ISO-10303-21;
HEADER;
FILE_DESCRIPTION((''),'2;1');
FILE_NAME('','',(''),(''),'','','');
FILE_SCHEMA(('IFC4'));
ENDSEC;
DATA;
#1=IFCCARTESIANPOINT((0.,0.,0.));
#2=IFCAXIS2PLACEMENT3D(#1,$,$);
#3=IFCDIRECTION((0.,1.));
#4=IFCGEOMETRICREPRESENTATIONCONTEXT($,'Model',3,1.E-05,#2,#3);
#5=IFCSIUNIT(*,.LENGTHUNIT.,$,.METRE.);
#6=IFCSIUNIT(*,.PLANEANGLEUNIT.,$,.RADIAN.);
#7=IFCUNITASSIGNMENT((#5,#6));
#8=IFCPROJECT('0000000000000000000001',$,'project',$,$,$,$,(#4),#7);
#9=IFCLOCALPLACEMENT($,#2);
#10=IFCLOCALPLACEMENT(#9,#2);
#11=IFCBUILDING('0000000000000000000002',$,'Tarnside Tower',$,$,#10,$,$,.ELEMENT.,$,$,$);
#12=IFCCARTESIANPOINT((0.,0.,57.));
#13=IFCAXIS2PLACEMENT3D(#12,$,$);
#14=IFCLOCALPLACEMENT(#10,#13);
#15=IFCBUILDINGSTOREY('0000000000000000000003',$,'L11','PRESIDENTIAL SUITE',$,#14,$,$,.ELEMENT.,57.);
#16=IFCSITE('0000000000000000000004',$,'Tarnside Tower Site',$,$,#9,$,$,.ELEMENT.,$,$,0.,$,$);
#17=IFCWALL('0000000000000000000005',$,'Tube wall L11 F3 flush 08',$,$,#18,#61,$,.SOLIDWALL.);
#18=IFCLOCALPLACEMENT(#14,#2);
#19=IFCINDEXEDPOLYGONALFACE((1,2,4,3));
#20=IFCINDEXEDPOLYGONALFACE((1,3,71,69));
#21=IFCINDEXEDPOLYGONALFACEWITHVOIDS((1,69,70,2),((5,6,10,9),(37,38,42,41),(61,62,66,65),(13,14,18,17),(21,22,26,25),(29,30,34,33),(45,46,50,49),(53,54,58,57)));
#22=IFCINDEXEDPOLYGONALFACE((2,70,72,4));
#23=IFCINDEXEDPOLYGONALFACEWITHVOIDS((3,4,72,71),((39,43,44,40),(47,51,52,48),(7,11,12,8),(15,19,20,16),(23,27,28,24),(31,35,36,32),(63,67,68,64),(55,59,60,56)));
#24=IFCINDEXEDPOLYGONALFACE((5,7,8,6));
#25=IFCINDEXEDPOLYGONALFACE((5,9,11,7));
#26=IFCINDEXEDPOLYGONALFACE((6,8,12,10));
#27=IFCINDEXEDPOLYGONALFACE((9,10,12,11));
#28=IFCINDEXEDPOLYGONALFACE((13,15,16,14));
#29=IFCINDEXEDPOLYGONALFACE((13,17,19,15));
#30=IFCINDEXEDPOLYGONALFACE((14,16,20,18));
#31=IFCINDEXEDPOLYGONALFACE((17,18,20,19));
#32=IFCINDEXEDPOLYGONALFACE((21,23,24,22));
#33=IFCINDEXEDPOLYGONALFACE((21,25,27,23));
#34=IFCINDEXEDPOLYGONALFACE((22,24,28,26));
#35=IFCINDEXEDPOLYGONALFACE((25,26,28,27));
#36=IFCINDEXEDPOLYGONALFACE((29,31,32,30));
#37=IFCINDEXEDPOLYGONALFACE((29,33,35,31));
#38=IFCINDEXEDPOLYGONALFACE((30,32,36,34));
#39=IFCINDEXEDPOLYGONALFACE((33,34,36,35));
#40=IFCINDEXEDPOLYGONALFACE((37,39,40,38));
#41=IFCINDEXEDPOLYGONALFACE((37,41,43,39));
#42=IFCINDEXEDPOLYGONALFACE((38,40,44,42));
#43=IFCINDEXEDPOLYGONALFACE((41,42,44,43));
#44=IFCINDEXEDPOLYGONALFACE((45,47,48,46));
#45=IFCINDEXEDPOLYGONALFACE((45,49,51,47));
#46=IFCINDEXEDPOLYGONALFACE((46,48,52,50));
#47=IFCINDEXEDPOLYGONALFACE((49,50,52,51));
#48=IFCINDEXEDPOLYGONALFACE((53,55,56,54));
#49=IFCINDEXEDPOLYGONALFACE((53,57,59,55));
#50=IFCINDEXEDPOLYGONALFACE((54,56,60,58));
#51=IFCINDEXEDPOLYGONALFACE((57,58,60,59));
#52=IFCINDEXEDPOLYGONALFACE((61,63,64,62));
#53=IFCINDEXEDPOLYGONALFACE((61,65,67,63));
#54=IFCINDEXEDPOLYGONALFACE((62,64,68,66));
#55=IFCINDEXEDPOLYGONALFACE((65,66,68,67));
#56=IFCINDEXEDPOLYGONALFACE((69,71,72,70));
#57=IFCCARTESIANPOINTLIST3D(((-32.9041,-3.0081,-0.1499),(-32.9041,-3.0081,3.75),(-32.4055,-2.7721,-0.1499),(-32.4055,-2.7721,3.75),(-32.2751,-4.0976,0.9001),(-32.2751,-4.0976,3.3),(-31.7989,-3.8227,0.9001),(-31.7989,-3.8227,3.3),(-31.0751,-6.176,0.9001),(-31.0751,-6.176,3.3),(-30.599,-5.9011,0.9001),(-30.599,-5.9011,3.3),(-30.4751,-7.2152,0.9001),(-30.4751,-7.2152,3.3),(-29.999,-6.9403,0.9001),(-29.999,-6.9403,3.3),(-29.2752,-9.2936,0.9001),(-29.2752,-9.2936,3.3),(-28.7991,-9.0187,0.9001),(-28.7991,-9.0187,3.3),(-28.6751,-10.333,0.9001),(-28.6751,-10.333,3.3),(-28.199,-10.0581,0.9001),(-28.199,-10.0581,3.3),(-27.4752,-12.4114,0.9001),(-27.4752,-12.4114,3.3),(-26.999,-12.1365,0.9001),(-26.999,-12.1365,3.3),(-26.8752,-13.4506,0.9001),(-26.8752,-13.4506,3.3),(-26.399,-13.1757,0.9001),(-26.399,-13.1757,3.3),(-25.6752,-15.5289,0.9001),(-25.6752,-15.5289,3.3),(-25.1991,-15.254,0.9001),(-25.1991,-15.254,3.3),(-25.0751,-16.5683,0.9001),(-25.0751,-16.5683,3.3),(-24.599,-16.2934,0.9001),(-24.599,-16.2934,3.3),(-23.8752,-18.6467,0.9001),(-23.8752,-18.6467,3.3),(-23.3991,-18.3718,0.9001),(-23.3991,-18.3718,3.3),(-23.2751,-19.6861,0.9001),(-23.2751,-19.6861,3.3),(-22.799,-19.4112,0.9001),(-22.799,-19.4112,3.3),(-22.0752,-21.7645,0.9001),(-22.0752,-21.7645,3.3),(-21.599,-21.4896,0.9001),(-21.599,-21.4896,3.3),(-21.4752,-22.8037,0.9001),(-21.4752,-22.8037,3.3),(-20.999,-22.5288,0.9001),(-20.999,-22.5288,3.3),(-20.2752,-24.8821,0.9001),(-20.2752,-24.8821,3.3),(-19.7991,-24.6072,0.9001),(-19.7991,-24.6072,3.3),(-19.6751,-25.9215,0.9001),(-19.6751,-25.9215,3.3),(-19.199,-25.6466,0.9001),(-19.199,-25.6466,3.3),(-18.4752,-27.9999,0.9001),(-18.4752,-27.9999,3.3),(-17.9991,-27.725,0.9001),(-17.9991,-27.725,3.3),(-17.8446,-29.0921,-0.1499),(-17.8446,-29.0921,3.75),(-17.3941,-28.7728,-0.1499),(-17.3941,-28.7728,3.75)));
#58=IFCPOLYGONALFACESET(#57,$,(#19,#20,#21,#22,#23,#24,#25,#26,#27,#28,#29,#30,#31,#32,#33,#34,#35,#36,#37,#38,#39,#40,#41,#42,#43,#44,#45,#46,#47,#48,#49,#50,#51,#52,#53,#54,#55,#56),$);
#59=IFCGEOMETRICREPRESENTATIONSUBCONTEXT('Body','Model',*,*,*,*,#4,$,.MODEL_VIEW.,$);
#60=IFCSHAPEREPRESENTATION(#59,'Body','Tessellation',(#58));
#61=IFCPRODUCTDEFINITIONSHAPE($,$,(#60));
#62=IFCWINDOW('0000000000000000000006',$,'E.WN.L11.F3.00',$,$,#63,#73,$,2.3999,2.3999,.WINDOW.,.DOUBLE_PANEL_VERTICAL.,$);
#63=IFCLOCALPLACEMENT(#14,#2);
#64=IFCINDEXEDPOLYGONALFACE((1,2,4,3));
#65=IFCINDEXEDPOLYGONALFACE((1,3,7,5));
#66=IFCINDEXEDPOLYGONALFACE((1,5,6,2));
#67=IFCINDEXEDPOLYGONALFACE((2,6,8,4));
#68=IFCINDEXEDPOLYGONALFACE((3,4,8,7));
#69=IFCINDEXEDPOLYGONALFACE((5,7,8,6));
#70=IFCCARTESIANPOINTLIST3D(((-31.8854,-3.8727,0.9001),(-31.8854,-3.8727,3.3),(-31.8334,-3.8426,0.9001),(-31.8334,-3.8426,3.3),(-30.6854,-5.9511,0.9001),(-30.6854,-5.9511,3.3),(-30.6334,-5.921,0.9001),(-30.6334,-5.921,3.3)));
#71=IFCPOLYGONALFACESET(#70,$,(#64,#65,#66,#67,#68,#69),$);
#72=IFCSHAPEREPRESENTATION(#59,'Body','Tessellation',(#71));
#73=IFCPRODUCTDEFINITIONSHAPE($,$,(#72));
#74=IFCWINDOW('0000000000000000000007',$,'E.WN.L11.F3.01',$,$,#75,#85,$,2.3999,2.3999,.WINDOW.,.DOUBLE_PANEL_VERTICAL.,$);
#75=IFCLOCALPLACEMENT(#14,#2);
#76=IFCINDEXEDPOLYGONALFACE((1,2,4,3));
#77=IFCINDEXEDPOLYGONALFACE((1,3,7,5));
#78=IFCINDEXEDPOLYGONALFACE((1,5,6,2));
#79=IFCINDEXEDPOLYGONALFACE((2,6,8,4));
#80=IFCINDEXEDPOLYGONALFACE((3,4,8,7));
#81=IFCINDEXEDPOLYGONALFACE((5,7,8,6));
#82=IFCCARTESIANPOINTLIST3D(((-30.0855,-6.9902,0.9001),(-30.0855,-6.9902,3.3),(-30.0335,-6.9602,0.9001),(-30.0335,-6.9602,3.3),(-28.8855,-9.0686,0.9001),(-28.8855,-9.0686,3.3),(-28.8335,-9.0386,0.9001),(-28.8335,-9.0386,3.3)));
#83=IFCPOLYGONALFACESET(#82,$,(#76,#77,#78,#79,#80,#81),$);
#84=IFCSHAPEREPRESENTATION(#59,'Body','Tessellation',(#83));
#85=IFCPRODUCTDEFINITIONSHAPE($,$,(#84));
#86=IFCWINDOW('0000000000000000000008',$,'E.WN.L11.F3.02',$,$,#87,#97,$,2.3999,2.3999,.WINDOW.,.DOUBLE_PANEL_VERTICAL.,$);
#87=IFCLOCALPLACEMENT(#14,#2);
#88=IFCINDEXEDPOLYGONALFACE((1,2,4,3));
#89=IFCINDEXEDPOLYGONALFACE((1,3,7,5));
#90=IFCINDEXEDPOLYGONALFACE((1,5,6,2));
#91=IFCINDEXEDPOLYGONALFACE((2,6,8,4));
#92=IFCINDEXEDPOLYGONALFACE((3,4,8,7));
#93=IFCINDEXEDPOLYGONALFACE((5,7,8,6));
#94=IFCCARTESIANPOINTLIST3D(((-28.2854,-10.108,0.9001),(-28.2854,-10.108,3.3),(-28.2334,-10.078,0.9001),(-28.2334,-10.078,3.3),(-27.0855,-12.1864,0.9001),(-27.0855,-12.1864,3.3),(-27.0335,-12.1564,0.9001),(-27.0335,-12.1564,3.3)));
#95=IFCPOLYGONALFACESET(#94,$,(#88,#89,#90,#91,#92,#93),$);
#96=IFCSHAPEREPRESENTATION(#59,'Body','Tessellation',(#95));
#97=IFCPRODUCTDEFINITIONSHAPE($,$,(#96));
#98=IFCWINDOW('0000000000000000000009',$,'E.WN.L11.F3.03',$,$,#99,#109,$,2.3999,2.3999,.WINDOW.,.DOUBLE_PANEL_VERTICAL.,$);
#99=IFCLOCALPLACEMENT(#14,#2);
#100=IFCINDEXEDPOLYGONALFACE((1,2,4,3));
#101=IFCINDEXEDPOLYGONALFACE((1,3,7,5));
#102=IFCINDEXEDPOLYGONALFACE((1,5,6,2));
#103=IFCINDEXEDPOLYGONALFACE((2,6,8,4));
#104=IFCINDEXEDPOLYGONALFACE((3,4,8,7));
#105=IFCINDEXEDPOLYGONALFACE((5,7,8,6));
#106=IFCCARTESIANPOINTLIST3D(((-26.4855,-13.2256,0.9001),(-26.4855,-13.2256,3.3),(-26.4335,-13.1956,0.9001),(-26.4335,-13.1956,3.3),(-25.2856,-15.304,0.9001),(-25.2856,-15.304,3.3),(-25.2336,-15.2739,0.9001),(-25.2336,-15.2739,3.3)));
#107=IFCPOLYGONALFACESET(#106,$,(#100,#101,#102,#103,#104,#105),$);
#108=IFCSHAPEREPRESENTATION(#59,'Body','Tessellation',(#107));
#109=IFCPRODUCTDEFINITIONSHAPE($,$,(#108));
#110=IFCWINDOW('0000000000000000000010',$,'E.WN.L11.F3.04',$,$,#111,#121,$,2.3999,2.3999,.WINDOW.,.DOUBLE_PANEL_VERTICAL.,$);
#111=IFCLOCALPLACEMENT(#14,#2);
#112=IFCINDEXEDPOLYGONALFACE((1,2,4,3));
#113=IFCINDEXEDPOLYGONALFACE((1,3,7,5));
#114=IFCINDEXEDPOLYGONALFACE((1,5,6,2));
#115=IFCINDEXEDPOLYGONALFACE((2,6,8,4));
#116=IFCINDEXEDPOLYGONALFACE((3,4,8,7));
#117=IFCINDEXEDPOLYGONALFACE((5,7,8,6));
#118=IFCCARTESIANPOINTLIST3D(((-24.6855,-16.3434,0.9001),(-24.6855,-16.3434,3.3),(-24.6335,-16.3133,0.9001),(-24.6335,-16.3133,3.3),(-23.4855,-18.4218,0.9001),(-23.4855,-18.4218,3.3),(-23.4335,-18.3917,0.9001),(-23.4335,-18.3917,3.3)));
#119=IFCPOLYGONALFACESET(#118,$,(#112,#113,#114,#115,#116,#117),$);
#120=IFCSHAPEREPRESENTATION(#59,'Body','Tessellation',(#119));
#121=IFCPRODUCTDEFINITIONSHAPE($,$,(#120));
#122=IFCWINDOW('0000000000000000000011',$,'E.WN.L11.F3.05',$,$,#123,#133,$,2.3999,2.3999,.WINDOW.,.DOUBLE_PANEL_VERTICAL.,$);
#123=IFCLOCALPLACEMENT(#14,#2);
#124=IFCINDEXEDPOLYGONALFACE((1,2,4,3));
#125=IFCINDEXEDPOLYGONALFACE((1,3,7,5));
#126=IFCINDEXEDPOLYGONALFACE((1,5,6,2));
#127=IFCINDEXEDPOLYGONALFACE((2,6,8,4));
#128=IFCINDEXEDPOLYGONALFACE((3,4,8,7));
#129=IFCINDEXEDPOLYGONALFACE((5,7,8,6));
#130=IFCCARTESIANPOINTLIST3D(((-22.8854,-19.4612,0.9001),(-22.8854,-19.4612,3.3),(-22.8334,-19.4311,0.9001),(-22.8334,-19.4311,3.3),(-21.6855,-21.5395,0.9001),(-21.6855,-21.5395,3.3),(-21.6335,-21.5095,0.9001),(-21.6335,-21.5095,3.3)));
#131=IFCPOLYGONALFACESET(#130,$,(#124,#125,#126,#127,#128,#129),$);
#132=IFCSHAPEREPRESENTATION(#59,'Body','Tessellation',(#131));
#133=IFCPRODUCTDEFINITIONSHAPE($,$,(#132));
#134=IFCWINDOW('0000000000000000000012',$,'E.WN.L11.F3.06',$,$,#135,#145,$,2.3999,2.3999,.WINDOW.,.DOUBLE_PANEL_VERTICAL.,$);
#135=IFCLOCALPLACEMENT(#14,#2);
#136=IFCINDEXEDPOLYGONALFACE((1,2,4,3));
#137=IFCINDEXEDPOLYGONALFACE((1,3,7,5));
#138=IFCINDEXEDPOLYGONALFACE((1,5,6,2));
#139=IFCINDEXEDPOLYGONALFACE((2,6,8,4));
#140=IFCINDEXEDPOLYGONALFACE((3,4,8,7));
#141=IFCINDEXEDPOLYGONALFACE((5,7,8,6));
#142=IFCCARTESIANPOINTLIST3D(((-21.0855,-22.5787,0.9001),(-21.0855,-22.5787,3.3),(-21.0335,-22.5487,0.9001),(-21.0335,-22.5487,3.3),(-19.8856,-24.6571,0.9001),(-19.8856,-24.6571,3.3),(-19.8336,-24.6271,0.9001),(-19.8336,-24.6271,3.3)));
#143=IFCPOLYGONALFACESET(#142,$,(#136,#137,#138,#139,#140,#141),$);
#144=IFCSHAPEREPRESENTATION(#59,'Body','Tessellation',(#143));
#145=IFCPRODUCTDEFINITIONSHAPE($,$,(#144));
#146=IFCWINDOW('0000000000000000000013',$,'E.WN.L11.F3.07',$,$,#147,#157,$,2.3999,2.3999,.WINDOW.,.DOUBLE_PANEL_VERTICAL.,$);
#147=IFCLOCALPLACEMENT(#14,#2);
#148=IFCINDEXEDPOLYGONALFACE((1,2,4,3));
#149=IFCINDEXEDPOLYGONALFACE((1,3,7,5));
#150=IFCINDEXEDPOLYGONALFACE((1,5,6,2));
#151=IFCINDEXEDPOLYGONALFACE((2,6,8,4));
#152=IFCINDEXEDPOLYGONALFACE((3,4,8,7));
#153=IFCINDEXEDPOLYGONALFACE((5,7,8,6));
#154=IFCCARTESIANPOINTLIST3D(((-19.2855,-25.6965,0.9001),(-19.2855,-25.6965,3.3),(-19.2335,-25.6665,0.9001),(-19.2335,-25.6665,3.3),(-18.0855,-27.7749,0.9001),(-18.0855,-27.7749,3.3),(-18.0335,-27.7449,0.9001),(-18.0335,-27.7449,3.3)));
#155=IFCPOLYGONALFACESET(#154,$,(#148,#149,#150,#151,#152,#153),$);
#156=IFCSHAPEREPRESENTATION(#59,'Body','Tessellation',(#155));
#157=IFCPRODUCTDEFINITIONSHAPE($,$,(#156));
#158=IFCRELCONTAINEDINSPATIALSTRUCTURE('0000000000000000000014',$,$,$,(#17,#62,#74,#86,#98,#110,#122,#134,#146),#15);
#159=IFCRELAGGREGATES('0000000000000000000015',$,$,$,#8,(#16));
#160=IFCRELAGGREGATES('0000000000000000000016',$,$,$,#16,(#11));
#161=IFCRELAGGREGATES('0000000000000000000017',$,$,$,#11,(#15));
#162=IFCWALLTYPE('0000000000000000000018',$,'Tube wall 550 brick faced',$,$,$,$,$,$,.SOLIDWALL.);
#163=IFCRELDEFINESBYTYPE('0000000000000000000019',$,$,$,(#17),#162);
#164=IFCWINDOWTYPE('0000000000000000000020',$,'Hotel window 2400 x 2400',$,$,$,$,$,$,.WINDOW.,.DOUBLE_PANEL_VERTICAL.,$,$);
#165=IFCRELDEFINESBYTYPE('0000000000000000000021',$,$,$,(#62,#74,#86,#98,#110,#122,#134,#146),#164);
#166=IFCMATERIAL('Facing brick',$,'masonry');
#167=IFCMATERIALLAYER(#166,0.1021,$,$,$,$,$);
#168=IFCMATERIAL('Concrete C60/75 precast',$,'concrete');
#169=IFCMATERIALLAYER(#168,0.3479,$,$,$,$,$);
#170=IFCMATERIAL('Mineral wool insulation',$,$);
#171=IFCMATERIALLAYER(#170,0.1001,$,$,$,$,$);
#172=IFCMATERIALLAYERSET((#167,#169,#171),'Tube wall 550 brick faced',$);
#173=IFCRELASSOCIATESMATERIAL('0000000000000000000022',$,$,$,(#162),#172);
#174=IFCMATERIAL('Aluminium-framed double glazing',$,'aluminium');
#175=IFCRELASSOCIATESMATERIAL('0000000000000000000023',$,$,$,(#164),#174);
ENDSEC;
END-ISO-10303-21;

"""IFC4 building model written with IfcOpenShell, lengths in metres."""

from ifc_helpers import new_model, si_unit, direction, frame, frame_2d, origin, place, context, subcontext, project, spatial, polyline, rectangle, outline, extrude, material, layer, layer_set, type_object, element, fill, save


model = new_model("IFC4")

# Units and contexts
model_context = context("Model", 3, precision=1e-05, world=origin(), true_north=direction((0.0, 1.0)))
body_context = subcontext(model_context, "Body", "Model", "MODEL_VIEW")
ifc_project = project(units=[si_unit("LENGTHUNIT", "METRE"), si_unit("PLANEANGLEUNIT", "RADIAN")], contexts=[model_context])

# Site, building, storey
site_placement = place(None, origin())
site = spatial("IfcSite", under=ifc_project, at=site_placement, Name="Tarnside Tower Site", CompositionType="ELEMENT", RefElevation=0.0)
building_placement = place(site_placement, origin())
building = spatial("IfcBuilding", under=site, at=building_placement, Name="Tarnside Tower", CompositionType="ELEMENT")
storey_placement = place(building_placement, frame((0.0, 0.0, 57.0)))
storey = spatial("IfcBuildingStorey", under=building, at=storey_placement, Name="L11", Description="PRESIDENTIAL SUITE", CompositionType="ELEMENT", Elevation=57.0)

# Shared definitions
ifc_material_1 = material(Name="Facing brick", Category="masonry")
ifc_layer_1 = layer(ifc_material_1, 0.1021)
ifc_material_2 = material(Name="Concrete C60/75 precast", Category="concrete")
ifc_layer_2 = layer(ifc_material_2, 0.3479)
ifc_material_3 = material(Name="Mineral wool insulation")
ifc_layer_3 = layer(ifc_material_3, 0.1001)
ifc_layer_set_1 = layer_set([ifc_layer_1, ifc_layer_2, ifc_layer_3], Name="Tube wall 550 brick faced")
wall_type_1 = type_object("IfcWallType", Name="Tube wall 550 brick faced", PredefinedType="SOLIDWALL", material=ifc_layer_set_1)

# Wall, openings, windows
wall_1_placement = place(storey_placement, frame((-32.6548, -2.8901, -0.1499), z_axis=(0.0, 0.0, 1.0), x_axis=(0.499998, -0.866027, 0.0)))
wall_1 = element("IfcWall", 1, at=wall_1_placement, inside=storey, type_object=wall_type_1, Name="Tube wall L11 F3 flush 08", PredefinedType="SOLIDWALL", context=body_context, shape_type="SweptSolid", body=[
    extrude(outline(polyline([(-0.0225, -0.2749), (30.0967, -0.2749), (30.0454, 0.2749), (0.0225, 0.2749), (-0.0225, -0.2749)])), origin(), (0.0, 0.0, 1.0), 3.8999),
])
opening_1_placement = place(wall_1_placement, frame((1.2356, 0.0, 1.05)))
opening_1 = element("IfcOpeningElement", 2, at=opening_1_placement, cuts=wall_1, PredefinedType="OPENING", context=body_context, shape_type="SweptSolid", body=[
    extrude(rectangle(XDim=2.3999, YDim=2.3999, at=frame_2d((1.2, 1.2))), frame((0.0, 0.2852, 0.0), z_axis=(0.0, -1.0, 0.0), x_axis=(1.0, 0.0, 0.0)), (0.0, 0.0, 1.0), 0.5701),
])
opening_2_placement = place(wall_1_placement, frame((4.8354, 0.0, 1.05)))
opening_2 = element("IfcOpeningElement", 3, at=opening_2_placement, cuts=wall_1, PredefinedType="OPENING", context=body_context, shape_type="SweptSolid", body=[
    extrude(rectangle(XDim=2.3999, YDim=2.3999, at=frame_2d((1.2, 1.2))), frame((0.0, 0.2852, 0.0), z_axis=(0.0, -1.0, 0.0), x_axis=(1.0, 0.0, 0.0)), (0.0, 0.0, 1.0), 0.5701),
])
opening_3_placement = place(wall_1_placement, frame((8.4355, 0.0, 1.05)))
opening_3 = element("IfcOpeningElement", 4, at=opening_3_placement, cuts=wall_1, PredefinedType="OPENING", context=body_context, shape_type="SweptSolid", body=[
    extrude(rectangle(XDim=2.3999, YDim=2.3999, at=frame_2d((1.2, 1.2))), frame((0.0, 0.2852, 0.0), z_axis=(0.0, -1.0, 0.0), x_axis=(1.0, 0.0, 0.0)), (0.0, 0.0, 1.0), 0.5701),
])
opening_4_placement = place(wall_1_placement, frame((12.0354, 0.0, 1.05)))
opening_4 = element("IfcOpeningElement", 5, at=opening_4_placement, cuts=wall_1, PredefinedType="OPENING", context=body_context, shape_type="SweptSolid", body=[
    extrude(rectangle(XDim=2.3999, YDim=2.3999, at=frame_2d((1.2, 1.2))), frame((0.0, 0.2852, 0.0), z_axis=(0.0, -1.0, 0.0), x_axis=(1.0, 0.0, 0.0)), (0.0, 0.0, 1.0), 0.5701),
])
opening_5_placement = place(wall_1_placement, frame((15.6355, 0.0, 1.05)))
opening_5 = element("IfcOpeningElement", 6, at=opening_5_placement, cuts=wall_1, PredefinedType="OPENING", context=body_context, shape_type="SweptSolid", body=[
    extrude(rectangle(XDim=2.3999, YDim=2.3999, at=frame_2d((1.2, 1.2))), frame((0.0, 0.2852, 0.0), z_axis=(0.0, -1.0, 0.0), x_axis=(1.0, 0.0, 0.0)), (0.0, 0.0, 1.0), 0.5701),
])
opening_6_placement = place(wall_1_placement, frame((19.2356, 0.0, 1.05)))
opening_6 = element("IfcOpeningElement", 7, at=opening_6_placement, cuts=wall_1, PredefinedType="OPENING", context=body_context, shape_type="SweptSolid", body=[
    extrude(rectangle(XDim=2.3999, YDim=2.3999, at=frame_2d((1.2, 1.2))), frame((0.0, 0.2852, 0.0), z_axis=(0.0, -1.0, 0.0), x_axis=(1.0, 0.0, 0.0)), (0.0, 0.0, 1.0), 0.5701),
])
opening_7_placement = place(wall_1_placement, frame((22.8354, 0.0, 1.05)))
opening_7 = element("IfcOpeningElement", 8, at=opening_7_placement, cuts=wall_1, PredefinedType="OPENING", context=body_context, shape_type="SweptSolid", body=[
    extrude(rectangle(XDim=2.3999, YDim=2.3999, at=frame_2d((1.2, 1.2))), frame((0.0, 0.2852, 0.0), z_axis=(0.0, -1.0, 0.0), x_axis=(1.0, 0.0, 0.0)), (0.0, 0.0, 1.0), 0.5701),
])
opening_8_placement = place(wall_1_placement, frame((26.4355, 0.0, 1.05)))
opening_8 = element("IfcOpeningElement", 9, at=opening_8_placement, cuts=wall_1, PredefinedType="OPENING", context=body_context, shape_type="SweptSolid", body=[
    extrude(rectangle(XDim=2.3999, YDim=2.3999, at=frame_2d((1.2, 1.2))), frame((0.0, 0.2852, 0.0), z_axis=(0.0, -1.0, 0.0), x_axis=(1.0, 0.0, 0.0)), (0.0, 0.0, 1.0), 0.5701),
])
ifc_material_4 = material(Name="Aluminium-framed double glazing", Category="aluminium")
window_type = type_object("IfcWindowType", Name="Hotel window 2400 x 2400", PartitioningType="DOUBLE_PANEL_VERTICAL", PredefinedType="WINDOW", material=ifc_material_4)
window_1_placement = place(opening_1_placement, frame((0.0, 0.2051, 0.0)))
window_1 = element("IfcWindow", 10, at=window_1_placement, inside=storey, type_object=window_type, Name="E.WN.L11.F3.00", OverallHeight=2.3999, OverallWidth=2.3999, PartitioningType="DOUBLE_PANEL_VERTICAL", PredefinedType="WINDOW", context=body_context, shape_type="SweptSolid", body=[
    extrude(rectangle(XDim=2.3999, YDim=2.3999, at=frame_2d((1.2, 1.2))), frame((0.0, 0.03, 0.0), z_axis=(0.0, -1.0, 0.0), x_axis=(1.0, 0.0, 0.0)), (0.0, 0.0, 1.0), 0.0601),
])
fill(opening_1, window_1)
window_2_placement = place(opening_2_placement, frame((0.0, 0.2051, 0.0)))
window_2 = element("IfcWindow", 11, at=window_2_placement, inside=storey, type_object=window_type, Name="E.WN.L11.F3.01", OverallHeight=2.3999, OverallWidth=2.3999, PartitioningType="DOUBLE_PANEL_VERTICAL", PredefinedType="WINDOW", context=body_context, shape_type="SweptSolid", body=[
    extrude(rectangle(XDim=2.3999, YDim=2.3999, at=frame_2d((1.2, 1.2))), frame((0.0, 0.03, 0.0), z_axis=(0.0, -1.0, 0.0), x_axis=(1.0, 0.0, 0.0)), (0.0, 0.0, 1.0), 0.0601),
])
fill(opening_2, window_2)
window_3_placement = place(opening_3_placement, frame((0.0, 0.2051, 0.0)))
window_3 = element("IfcWindow", 12, at=window_3_placement, inside=storey, type_object=window_type, Name="E.WN.L11.F3.02", OverallHeight=2.3999, OverallWidth=2.3999, PartitioningType="DOUBLE_PANEL_VERTICAL", PredefinedType="WINDOW", context=body_context, shape_type="SweptSolid", body=[
    extrude(rectangle(XDim=2.3999, YDim=2.3999, at=frame_2d((1.2, 1.2))), frame((0.0, 0.03, 0.0), z_axis=(0.0, -1.0, 0.0), x_axis=(1.0, 0.0, 0.0)), (0.0, 0.0, 1.0), 0.0601),
])
fill(opening_3, window_3)
window_4_placement = place(opening_4_placement, frame((0.0, 0.2051, 0.0)))
window_4 = element("IfcWindow", 13, at=window_4_placement, inside=storey, type_object=window_type, Name="E.WN.L11.F3.03", OverallHeight=2.3999, OverallWidth=2.3999, PartitioningType="DOUBLE_PANEL_VERTICAL", PredefinedType="WINDOW", context=body_context, shape_type="SweptSolid", body=[
    extrude(rectangle(XDim=2.3999, YDim=2.3999, at=frame_2d((1.2, 1.2))), frame((0.0, 0.03, 0.0), z_axis=(0.0, -1.0, 0.0), x_axis=(1.0, 0.0, 0.0)), (0.0, 0.0, 1.0), 0.0601),
])
fill(opening_4, window_4)
window_5_placement = place(opening_5_placement, frame((0.0, 0.2051, 0.0)))
window_5 = element("IfcWindow", 14, at=window_5_placement, inside=storey, type_object=window_type, Name="E.WN.L11.F3.04", OverallHeight=2.3999, OverallWidth=2.3999, PartitioningType="DOUBLE_PANEL_VERTICAL", PredefinedType="WINDOW", context=body_context, shape_type="SweptSolid", body=[
    extrude(rectangle(XDim=2.3999, YDim=2.3999, at=frame_2d((1.2, 1.2))), frame((0.0, 0.03, 0.0), z_axis=(0.0, -1.0, 0.0), x_axis=(1.0, 0.0, 0.0)), (0.0, 0.0, 1.0), 0.0601),
])
fill(opening_5, window_5)
window_6_placement = place(opening_6_placement, frame((0.0, 0.2051, 0.0)))
window_6 = element("IfcWindow", 15, at=window_6_placement, inside=storey, type_object=window_type, Name="E.WN.L11.F3.05", OverallHeight=2.3999, OverallWidth=2.3999, PartitioningType="DOUBLE_PANEL_VERTICAL", PredefinedType="WINDOW", context=body_context, shape_type="SweptSolid", body=[
    extrude(rectangle(XDim=2.3999, YDim=2.3999, at=frame_2d((1.2, 1.2))), frame((0.0, 0.03, 0.0), z_axis=(0.0, -1.0, 0.0), x_axis=(1.0, 0.0, 0.0)), (0.0, 0.0, 1.0), 0.0601),
])
fill(opening_6, window_6)
window_7_placement = place(opening_7_placement, frame((0.0, 0.2051, 0.0)))
window_7 = element("IfcWindow", 16, at=window_7_placement, inside=storey, type_object=window_type, Name="E.WN.L11.F3.06", OverallHeight=2.3999, OverallWidth=2.3999, PartitioningType="DOUBLE_PANEL_VERTICAL", PredefinedType="WINDOW", context=body_context, shape_type="SweptSolid", body=[
    extrude(rectangle(XDim=2.3999, YDim=2.3999, at=frame_2d((1.2, 1.2))), frame((0.0, 0.03, 0.0), z_axis=(0.0, -1.0, 0.0), x_axis=(1.0, 0.0, 0.0)), (0.0, 0.0, 1.0), 0.0601),
])
fill(opening_7, window_7)
window_8_placement = place(opening_8_placement, frame((0.0, 0.2051, 0.0)))
window_8 = element("IfcWindow", 17, at=window_8_placement, inside=storey, type_object=window_type, Name="E.WN.L11.F3.07", OverallHeight=2.3999, OverallWidth=2.3999, PartitioningType="DOUBLE_PANEL_VERTICAL", PredefinedType="WINDOW", context=body_context, shape_type="SweptSolid", body=[
    extrude(rectangle(XDim=2.3999, YDim=2.3999, at=frame_2d((1.2, 1.2))), frame((0.0, 0.03, 0.0), z_axis=(0.0, -1.0, 0.0), x_axis=(1.0, 0.0, 0.0)), (0.0, 0.0, 1.0), 0.0601),
])
fill(opening_8, window_8)

save(model, "model.ifc")
